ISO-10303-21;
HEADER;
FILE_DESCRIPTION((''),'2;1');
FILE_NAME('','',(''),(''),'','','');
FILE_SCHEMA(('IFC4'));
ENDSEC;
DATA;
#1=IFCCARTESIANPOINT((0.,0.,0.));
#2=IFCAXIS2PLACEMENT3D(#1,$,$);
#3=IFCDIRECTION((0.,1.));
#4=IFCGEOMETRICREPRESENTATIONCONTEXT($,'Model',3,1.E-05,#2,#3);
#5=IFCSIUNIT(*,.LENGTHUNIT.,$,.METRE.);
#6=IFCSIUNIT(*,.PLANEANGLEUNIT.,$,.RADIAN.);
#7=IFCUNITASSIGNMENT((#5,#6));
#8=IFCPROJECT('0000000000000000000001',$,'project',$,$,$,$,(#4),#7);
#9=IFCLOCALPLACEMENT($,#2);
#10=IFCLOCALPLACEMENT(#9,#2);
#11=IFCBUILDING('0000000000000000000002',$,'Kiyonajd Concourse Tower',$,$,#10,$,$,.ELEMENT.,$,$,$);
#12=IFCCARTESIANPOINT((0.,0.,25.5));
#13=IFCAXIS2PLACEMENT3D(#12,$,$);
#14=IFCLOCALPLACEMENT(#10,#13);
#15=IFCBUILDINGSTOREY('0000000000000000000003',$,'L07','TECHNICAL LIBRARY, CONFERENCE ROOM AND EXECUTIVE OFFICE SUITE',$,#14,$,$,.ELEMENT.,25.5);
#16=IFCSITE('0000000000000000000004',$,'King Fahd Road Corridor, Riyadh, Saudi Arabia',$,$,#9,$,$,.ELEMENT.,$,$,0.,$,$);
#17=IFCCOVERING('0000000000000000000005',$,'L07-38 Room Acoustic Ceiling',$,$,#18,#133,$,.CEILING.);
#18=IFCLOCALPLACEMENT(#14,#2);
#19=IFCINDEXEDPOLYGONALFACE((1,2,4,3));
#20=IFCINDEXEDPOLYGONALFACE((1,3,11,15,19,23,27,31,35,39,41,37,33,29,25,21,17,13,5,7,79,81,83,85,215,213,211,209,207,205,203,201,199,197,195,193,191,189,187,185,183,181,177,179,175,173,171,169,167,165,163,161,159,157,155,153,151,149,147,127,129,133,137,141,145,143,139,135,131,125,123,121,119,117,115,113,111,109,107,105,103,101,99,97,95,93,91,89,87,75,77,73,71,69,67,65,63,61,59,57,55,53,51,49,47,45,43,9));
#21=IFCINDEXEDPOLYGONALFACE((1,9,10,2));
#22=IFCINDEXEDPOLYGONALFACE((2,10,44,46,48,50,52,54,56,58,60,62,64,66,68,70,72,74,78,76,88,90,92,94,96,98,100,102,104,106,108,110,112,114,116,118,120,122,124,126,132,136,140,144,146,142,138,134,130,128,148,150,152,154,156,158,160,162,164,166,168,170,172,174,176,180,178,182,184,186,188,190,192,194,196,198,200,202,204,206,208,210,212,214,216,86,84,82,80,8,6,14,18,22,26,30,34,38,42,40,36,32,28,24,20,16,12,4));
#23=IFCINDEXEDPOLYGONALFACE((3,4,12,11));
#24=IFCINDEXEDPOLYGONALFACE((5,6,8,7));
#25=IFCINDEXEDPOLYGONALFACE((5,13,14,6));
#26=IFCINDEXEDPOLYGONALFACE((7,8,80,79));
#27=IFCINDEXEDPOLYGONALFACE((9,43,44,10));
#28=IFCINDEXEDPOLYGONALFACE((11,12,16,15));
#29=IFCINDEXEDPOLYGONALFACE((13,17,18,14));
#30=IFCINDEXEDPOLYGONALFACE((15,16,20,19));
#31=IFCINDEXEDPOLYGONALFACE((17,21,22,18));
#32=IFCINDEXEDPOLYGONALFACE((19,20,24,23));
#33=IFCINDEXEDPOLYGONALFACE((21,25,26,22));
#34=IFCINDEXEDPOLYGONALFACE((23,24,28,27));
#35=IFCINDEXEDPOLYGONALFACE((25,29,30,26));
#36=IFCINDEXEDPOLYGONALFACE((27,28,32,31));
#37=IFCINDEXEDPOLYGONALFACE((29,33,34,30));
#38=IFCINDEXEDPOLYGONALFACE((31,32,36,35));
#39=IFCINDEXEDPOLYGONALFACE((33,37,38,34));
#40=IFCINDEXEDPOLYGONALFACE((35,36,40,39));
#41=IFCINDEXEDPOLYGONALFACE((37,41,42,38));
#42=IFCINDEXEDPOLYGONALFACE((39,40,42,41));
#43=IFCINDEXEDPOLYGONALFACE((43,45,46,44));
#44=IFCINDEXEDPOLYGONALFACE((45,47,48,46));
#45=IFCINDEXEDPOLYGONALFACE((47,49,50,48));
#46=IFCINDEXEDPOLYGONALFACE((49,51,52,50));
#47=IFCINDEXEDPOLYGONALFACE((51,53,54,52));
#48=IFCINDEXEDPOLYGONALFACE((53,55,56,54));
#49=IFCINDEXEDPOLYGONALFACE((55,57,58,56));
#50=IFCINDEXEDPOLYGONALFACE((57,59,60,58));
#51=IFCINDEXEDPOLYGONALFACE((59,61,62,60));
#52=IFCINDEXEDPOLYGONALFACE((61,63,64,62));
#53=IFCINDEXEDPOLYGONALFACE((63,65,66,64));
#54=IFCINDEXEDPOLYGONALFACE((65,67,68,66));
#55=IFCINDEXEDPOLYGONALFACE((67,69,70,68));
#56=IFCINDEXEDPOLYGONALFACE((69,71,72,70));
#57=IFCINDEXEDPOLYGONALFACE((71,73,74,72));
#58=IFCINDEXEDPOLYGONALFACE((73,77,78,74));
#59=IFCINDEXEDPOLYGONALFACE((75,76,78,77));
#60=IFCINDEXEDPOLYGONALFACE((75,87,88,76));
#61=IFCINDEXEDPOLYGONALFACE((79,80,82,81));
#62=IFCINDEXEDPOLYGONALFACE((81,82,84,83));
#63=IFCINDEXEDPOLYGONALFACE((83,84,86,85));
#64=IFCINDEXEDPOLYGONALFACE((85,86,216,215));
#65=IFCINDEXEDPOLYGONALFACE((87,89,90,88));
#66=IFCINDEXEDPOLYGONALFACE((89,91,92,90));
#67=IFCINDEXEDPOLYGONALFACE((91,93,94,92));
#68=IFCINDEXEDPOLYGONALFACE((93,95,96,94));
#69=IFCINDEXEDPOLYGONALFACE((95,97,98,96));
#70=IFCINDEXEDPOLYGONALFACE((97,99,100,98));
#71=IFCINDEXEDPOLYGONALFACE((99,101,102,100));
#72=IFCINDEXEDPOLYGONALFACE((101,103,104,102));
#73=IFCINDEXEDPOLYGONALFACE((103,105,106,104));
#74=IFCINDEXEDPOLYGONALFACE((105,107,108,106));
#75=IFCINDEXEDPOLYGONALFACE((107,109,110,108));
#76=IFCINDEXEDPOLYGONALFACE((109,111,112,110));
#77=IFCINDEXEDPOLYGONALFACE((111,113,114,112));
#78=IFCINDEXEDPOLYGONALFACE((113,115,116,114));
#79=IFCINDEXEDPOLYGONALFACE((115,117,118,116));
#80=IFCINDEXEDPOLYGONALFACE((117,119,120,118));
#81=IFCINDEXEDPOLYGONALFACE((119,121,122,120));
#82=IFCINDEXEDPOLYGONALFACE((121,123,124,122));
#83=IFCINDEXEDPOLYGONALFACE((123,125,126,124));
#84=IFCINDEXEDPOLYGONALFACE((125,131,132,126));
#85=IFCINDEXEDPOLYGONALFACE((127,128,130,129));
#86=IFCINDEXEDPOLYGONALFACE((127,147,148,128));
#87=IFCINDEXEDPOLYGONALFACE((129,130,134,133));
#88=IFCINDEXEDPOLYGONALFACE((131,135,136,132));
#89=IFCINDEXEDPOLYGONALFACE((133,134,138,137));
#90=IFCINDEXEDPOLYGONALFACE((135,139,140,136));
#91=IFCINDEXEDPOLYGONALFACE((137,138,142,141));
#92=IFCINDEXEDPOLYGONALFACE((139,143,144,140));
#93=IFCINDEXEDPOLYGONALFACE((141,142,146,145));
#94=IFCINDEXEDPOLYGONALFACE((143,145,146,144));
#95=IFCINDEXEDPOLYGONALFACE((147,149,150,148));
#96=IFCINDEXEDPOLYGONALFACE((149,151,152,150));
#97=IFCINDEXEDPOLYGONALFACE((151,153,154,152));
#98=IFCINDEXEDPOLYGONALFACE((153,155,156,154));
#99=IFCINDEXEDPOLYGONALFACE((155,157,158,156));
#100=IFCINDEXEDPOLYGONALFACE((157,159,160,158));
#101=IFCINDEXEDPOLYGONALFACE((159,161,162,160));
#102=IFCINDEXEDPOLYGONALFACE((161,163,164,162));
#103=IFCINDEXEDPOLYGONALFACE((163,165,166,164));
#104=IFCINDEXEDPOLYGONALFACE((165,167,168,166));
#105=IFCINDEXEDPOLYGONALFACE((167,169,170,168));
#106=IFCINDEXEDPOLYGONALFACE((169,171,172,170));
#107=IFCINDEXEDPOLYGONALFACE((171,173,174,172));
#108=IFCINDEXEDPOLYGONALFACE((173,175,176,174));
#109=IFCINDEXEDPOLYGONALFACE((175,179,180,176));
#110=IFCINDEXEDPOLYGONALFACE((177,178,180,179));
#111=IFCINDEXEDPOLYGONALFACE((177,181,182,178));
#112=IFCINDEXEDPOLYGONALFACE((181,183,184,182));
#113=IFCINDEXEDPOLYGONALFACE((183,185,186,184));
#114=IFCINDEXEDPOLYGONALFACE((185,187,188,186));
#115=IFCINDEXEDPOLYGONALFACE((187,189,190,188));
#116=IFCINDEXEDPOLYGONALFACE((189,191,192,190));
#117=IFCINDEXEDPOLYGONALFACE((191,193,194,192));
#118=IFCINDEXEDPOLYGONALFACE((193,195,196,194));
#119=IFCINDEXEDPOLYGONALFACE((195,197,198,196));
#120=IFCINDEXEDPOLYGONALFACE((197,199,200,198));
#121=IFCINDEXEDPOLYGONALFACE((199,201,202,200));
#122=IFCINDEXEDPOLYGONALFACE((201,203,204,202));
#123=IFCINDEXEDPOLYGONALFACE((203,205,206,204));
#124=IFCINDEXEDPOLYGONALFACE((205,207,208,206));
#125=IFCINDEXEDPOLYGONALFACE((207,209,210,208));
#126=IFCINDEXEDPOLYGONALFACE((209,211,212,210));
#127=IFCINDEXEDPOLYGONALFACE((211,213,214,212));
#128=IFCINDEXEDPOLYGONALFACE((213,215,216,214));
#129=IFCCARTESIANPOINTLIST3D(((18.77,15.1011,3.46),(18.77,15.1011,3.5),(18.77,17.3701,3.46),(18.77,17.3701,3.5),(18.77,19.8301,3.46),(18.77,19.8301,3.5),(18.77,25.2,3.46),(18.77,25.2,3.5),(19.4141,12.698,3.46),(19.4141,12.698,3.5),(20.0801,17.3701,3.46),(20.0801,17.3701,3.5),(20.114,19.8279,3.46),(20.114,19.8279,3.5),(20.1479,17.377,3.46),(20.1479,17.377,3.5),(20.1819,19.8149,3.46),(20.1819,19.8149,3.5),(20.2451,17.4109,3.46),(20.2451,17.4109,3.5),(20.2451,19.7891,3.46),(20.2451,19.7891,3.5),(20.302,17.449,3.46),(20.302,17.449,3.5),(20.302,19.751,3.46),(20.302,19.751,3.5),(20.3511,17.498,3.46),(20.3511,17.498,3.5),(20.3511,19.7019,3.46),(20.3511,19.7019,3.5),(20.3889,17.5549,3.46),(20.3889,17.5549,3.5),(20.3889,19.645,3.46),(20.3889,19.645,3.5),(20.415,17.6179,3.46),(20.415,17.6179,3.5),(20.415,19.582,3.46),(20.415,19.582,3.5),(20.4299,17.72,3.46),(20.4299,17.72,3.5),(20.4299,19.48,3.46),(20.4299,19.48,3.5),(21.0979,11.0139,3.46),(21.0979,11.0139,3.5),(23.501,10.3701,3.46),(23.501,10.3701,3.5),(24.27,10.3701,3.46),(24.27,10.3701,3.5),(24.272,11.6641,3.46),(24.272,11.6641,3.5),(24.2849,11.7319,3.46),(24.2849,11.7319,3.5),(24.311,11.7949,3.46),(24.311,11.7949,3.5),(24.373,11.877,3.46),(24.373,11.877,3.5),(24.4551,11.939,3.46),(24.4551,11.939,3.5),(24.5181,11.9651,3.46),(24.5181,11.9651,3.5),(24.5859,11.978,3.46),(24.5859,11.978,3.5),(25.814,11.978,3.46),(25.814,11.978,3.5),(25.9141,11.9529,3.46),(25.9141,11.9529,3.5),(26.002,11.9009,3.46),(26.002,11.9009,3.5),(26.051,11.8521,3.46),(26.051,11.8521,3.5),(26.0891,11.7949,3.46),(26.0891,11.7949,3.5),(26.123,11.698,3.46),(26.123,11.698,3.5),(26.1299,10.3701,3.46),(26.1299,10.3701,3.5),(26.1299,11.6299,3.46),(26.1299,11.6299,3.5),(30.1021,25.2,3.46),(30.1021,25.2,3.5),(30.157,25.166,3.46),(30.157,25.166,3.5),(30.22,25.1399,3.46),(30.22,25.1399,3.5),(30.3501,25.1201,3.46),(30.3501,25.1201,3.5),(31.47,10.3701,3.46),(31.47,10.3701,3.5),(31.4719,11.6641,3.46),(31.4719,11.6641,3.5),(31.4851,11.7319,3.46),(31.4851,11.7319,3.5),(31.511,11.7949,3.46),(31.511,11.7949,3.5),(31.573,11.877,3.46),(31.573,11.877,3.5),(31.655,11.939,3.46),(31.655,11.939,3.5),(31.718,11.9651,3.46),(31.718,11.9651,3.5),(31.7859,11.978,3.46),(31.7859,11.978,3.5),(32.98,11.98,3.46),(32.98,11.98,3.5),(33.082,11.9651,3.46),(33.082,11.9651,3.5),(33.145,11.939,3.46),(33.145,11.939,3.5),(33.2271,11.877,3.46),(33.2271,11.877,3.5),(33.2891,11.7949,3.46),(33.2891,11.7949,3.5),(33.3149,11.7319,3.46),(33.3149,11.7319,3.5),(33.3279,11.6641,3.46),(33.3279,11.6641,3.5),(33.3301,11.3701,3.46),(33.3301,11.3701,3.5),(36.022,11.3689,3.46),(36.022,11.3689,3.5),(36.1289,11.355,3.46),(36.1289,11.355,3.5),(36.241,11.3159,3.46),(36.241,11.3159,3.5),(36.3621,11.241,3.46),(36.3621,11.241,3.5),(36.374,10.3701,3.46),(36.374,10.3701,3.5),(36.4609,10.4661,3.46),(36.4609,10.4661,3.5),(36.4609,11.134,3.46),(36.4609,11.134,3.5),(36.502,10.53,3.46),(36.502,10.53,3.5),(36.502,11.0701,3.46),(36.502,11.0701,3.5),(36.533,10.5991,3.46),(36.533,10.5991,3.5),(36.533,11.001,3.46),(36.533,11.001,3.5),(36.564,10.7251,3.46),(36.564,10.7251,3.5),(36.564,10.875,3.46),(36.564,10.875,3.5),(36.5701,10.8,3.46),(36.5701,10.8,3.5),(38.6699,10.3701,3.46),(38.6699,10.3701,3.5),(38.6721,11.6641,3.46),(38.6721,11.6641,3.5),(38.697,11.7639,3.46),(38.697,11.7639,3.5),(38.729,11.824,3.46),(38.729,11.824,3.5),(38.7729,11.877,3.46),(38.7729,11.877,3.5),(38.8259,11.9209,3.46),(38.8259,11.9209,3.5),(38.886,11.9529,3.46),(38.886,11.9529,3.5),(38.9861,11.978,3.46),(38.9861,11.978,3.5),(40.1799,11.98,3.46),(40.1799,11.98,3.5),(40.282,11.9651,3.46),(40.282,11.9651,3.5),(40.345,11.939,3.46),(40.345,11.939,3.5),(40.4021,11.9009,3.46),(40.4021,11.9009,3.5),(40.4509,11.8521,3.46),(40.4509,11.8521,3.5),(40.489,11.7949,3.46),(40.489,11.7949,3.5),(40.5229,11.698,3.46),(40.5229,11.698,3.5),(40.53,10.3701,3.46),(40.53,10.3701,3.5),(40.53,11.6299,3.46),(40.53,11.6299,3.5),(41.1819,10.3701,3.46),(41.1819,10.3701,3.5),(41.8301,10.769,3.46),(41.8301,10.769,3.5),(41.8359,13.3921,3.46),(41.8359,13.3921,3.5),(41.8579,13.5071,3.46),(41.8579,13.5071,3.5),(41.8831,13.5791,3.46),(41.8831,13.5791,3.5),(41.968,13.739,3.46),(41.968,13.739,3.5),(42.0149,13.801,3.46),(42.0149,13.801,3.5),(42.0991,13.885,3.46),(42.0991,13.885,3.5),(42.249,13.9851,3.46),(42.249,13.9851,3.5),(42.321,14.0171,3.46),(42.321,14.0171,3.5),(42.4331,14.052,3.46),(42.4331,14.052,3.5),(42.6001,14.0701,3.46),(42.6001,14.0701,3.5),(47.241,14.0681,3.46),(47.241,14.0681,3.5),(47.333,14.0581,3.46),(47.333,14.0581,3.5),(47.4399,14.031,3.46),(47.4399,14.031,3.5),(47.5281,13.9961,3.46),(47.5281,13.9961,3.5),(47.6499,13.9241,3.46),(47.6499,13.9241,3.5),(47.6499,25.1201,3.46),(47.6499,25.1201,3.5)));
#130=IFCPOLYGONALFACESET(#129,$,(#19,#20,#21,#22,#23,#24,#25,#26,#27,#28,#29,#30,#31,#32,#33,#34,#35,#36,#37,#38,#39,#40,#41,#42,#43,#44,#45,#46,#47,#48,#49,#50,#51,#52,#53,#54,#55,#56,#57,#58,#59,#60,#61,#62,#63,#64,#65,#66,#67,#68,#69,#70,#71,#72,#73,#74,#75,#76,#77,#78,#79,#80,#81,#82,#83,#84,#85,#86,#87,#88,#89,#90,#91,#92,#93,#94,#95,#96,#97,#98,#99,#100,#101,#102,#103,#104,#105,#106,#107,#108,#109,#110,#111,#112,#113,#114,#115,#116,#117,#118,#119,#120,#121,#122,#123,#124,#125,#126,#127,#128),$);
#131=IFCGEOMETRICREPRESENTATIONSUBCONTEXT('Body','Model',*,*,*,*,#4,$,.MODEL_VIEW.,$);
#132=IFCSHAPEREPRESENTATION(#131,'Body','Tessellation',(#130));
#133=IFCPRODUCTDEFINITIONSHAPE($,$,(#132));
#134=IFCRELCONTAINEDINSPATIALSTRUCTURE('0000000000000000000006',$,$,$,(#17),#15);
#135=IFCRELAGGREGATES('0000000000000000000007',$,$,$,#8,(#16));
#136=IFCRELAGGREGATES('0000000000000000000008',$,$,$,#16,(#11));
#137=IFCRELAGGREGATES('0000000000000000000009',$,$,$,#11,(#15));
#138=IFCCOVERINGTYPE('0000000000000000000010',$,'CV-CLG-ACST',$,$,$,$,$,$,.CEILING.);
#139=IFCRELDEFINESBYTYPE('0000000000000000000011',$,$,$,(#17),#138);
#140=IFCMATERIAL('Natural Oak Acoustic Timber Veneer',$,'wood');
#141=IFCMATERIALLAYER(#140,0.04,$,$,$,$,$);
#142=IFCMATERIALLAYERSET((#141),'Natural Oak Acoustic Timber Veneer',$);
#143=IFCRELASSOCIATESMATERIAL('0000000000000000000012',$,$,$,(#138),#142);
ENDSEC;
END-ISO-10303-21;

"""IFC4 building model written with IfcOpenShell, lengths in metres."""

from ifc_helpers import new_model, si_unit, direction, frame, origin, place, context, subcontext, project, spatial, polyline, outline, extrude, material, layer, layer_set, type_object, element, save


model = new_model("IFC4")

# Units and contexts
model_context = context("Model", 3, precision=1e-05, world=origin(), true_north=direction((0.0, 1.0)))
body_context = subcontext(model_context, "Body", "Model", "MODEL_VIEW")
ifc_project = project(units=[si_unit("LENGTHUNIT", "METRE"), si_unit("PLANEANGLEUNIT", "RADIAN")], contexts=[model_context])

# Site, building, storey
site_placement = place(None, origin())
site = spatial("IfcSite", under=ifc_project, at=site_placement, Name="King Fahd Road Corridor, Riyadh, Saudi Arabia", CompositionType="ELEMENT", RefElevation=0.0)
building_placement = place(site_placement, origin())
building = spatial("IfcBuilding", under=site, at=building_placement, Name="Kiyonajd Concourse Tower", CompositionType="ELEMENT")
storey_placement = place(building_placement, frame((0.0, 0.0, 25.5)))
storey = spatial("IfcBuildingStorey", under=building, at=storey_placement, Name="L07", Description="TECHNICAL LIBRARY, CONFERENCE ROOM AND EXECUTIVE OFFICE SUITE", CompositionType="ELEMENT", Elevation=25.5)

# Shared definitions
ifc_material_1 = material(Name="Natural Oak Acoustic Timber Veneer", Category="wood")

# Covering
ifc_layer_1 = layer(ifc_material_1, 0.04)
ifc_layer_set_1 = layer_set([ifc_layer_1], Name="Natural Oak Acoustic Timber Veneer")
covering_type = type_object("IfcCoveringType", Name="CV-CLG-ACST", PredefinedType="CEILING", material=ifc_layer_set_1)
covering_1_placement = place(storey_placement, frame((0.0, 0.0, 3.46)))
element("IfcCovering", 1, at=covering_1_placement, inside=storey, type_object=covering_type, Name="L07-38 Room Acoustic Ceiling", PredefinedType="CEILING", context=body_context, shape_type="SweptSolid", body=[
    extrude(outline(polyline([(30.1021, 25.2), (30.157, 25.166), (30.22, 25.1399), (30.3501, 25.1201), (47.6499, 25.1201), (47.6499, 13.9241), (47.5281, 13.9961), (47.4399, 14.031), (47.333, 14.0581), (47.241, 14.0681), (42.6001, 14.0701), (42.4331, 14.052), (42.321, 14.0171), (42.249, 13.9851), (42.0991, 13.885), (42.0149, 13.801), (41.968, 13.739), (41.8831, 13.5791), (41.8579, 13.5071), (41.8359, 13.3921), (41.8301, 10.769), (41.1819, 10.3701), (40.53, 10.3701), (40.53, 11.6299), (40.5229, 11.698), (40.489, 11.7949), (40.4509, 11.8521), (40.4021, 11.9009), (40.345, 11.939), (40.282, 11.9651), (40.1799, 11.98), (38.9861, 11.978), (38.886, 11.9529), (38.8259, 11.9209), (38.7729, 11.877), (38.729, 11.824), (38.697, 11.7639), (38.6721, 11.6641), (38.6699, 10.3701), (36.374, 10.3701), (36.4609, 10.4661), (36.502, 10.53), (36.533, 10.5991), (36.564, 10.7251), (36.5701, 10.8), (36.564, 10.875), (36.533, 11.001), (36.502, 11.0701), (36.4609, 11.134), (36.3621, 11.241), (36.241, 11.3159), (36.1289, 11.355), (36.022, 11.3689), (33.3301, 11.3701), (33.3279, 11.6641), (33.3149, 11.7319), (33.2891, 11.7949), (33.2271, 11.877), (33.145, 11.939), (33.082, 11.9651), (32.98, 11.98), (31.7859, 11.978), (31.718, 11.9651), (31.655, 11.939), (31.573, 11.877), (31.511, 11.7949), (31.4851, 11.7319), (31.4719, 11.6641), (31.47, 10.3701), (26.1299, 10.3701), (26.1299, 11.6299), (26.123, 11.698), (26.0891, 11.7949), (26.051, 11.8521), (26.002, 11.9009), (25.9141, 11.9529), (25.814, 11.978), (24.5859, 11.978), (24.5181, 11.9651), (24.4551, 11.939), (24.373, 11.877), (24.311, 11.7949), (24.2849, 11.7319), (24.272, 11.6641), (24.27, 10.3701), (23.501, 10.3701), (21.0979, 11.0139), (19.4141, 12.698), (18.77, 15.1011), (18.77, 17.3701), (20.0801, 17.3701), (20.1479, 17.377), (20.2451, 17.4109), (20.302, 17.449), (20.3511, 17.498), (20.3889, 17.5549), (20.415, 17.6179), (20.4299, 17.72), (20.4299, 19.48), (20.415, 19.582), (20.3889, 19.645), (20.3511, 19.7019), (20.302, 19.751), (20.2451, 19.7891), (20.1819, 19.8149), (20.114, 19.8279), (18.77, 19.8301), (18.77, 25.2), (30.1021, 25.2)])), origin(), (0.0, 0.0, 1.0), 0.04),
])

save(model, "model.ifc")
